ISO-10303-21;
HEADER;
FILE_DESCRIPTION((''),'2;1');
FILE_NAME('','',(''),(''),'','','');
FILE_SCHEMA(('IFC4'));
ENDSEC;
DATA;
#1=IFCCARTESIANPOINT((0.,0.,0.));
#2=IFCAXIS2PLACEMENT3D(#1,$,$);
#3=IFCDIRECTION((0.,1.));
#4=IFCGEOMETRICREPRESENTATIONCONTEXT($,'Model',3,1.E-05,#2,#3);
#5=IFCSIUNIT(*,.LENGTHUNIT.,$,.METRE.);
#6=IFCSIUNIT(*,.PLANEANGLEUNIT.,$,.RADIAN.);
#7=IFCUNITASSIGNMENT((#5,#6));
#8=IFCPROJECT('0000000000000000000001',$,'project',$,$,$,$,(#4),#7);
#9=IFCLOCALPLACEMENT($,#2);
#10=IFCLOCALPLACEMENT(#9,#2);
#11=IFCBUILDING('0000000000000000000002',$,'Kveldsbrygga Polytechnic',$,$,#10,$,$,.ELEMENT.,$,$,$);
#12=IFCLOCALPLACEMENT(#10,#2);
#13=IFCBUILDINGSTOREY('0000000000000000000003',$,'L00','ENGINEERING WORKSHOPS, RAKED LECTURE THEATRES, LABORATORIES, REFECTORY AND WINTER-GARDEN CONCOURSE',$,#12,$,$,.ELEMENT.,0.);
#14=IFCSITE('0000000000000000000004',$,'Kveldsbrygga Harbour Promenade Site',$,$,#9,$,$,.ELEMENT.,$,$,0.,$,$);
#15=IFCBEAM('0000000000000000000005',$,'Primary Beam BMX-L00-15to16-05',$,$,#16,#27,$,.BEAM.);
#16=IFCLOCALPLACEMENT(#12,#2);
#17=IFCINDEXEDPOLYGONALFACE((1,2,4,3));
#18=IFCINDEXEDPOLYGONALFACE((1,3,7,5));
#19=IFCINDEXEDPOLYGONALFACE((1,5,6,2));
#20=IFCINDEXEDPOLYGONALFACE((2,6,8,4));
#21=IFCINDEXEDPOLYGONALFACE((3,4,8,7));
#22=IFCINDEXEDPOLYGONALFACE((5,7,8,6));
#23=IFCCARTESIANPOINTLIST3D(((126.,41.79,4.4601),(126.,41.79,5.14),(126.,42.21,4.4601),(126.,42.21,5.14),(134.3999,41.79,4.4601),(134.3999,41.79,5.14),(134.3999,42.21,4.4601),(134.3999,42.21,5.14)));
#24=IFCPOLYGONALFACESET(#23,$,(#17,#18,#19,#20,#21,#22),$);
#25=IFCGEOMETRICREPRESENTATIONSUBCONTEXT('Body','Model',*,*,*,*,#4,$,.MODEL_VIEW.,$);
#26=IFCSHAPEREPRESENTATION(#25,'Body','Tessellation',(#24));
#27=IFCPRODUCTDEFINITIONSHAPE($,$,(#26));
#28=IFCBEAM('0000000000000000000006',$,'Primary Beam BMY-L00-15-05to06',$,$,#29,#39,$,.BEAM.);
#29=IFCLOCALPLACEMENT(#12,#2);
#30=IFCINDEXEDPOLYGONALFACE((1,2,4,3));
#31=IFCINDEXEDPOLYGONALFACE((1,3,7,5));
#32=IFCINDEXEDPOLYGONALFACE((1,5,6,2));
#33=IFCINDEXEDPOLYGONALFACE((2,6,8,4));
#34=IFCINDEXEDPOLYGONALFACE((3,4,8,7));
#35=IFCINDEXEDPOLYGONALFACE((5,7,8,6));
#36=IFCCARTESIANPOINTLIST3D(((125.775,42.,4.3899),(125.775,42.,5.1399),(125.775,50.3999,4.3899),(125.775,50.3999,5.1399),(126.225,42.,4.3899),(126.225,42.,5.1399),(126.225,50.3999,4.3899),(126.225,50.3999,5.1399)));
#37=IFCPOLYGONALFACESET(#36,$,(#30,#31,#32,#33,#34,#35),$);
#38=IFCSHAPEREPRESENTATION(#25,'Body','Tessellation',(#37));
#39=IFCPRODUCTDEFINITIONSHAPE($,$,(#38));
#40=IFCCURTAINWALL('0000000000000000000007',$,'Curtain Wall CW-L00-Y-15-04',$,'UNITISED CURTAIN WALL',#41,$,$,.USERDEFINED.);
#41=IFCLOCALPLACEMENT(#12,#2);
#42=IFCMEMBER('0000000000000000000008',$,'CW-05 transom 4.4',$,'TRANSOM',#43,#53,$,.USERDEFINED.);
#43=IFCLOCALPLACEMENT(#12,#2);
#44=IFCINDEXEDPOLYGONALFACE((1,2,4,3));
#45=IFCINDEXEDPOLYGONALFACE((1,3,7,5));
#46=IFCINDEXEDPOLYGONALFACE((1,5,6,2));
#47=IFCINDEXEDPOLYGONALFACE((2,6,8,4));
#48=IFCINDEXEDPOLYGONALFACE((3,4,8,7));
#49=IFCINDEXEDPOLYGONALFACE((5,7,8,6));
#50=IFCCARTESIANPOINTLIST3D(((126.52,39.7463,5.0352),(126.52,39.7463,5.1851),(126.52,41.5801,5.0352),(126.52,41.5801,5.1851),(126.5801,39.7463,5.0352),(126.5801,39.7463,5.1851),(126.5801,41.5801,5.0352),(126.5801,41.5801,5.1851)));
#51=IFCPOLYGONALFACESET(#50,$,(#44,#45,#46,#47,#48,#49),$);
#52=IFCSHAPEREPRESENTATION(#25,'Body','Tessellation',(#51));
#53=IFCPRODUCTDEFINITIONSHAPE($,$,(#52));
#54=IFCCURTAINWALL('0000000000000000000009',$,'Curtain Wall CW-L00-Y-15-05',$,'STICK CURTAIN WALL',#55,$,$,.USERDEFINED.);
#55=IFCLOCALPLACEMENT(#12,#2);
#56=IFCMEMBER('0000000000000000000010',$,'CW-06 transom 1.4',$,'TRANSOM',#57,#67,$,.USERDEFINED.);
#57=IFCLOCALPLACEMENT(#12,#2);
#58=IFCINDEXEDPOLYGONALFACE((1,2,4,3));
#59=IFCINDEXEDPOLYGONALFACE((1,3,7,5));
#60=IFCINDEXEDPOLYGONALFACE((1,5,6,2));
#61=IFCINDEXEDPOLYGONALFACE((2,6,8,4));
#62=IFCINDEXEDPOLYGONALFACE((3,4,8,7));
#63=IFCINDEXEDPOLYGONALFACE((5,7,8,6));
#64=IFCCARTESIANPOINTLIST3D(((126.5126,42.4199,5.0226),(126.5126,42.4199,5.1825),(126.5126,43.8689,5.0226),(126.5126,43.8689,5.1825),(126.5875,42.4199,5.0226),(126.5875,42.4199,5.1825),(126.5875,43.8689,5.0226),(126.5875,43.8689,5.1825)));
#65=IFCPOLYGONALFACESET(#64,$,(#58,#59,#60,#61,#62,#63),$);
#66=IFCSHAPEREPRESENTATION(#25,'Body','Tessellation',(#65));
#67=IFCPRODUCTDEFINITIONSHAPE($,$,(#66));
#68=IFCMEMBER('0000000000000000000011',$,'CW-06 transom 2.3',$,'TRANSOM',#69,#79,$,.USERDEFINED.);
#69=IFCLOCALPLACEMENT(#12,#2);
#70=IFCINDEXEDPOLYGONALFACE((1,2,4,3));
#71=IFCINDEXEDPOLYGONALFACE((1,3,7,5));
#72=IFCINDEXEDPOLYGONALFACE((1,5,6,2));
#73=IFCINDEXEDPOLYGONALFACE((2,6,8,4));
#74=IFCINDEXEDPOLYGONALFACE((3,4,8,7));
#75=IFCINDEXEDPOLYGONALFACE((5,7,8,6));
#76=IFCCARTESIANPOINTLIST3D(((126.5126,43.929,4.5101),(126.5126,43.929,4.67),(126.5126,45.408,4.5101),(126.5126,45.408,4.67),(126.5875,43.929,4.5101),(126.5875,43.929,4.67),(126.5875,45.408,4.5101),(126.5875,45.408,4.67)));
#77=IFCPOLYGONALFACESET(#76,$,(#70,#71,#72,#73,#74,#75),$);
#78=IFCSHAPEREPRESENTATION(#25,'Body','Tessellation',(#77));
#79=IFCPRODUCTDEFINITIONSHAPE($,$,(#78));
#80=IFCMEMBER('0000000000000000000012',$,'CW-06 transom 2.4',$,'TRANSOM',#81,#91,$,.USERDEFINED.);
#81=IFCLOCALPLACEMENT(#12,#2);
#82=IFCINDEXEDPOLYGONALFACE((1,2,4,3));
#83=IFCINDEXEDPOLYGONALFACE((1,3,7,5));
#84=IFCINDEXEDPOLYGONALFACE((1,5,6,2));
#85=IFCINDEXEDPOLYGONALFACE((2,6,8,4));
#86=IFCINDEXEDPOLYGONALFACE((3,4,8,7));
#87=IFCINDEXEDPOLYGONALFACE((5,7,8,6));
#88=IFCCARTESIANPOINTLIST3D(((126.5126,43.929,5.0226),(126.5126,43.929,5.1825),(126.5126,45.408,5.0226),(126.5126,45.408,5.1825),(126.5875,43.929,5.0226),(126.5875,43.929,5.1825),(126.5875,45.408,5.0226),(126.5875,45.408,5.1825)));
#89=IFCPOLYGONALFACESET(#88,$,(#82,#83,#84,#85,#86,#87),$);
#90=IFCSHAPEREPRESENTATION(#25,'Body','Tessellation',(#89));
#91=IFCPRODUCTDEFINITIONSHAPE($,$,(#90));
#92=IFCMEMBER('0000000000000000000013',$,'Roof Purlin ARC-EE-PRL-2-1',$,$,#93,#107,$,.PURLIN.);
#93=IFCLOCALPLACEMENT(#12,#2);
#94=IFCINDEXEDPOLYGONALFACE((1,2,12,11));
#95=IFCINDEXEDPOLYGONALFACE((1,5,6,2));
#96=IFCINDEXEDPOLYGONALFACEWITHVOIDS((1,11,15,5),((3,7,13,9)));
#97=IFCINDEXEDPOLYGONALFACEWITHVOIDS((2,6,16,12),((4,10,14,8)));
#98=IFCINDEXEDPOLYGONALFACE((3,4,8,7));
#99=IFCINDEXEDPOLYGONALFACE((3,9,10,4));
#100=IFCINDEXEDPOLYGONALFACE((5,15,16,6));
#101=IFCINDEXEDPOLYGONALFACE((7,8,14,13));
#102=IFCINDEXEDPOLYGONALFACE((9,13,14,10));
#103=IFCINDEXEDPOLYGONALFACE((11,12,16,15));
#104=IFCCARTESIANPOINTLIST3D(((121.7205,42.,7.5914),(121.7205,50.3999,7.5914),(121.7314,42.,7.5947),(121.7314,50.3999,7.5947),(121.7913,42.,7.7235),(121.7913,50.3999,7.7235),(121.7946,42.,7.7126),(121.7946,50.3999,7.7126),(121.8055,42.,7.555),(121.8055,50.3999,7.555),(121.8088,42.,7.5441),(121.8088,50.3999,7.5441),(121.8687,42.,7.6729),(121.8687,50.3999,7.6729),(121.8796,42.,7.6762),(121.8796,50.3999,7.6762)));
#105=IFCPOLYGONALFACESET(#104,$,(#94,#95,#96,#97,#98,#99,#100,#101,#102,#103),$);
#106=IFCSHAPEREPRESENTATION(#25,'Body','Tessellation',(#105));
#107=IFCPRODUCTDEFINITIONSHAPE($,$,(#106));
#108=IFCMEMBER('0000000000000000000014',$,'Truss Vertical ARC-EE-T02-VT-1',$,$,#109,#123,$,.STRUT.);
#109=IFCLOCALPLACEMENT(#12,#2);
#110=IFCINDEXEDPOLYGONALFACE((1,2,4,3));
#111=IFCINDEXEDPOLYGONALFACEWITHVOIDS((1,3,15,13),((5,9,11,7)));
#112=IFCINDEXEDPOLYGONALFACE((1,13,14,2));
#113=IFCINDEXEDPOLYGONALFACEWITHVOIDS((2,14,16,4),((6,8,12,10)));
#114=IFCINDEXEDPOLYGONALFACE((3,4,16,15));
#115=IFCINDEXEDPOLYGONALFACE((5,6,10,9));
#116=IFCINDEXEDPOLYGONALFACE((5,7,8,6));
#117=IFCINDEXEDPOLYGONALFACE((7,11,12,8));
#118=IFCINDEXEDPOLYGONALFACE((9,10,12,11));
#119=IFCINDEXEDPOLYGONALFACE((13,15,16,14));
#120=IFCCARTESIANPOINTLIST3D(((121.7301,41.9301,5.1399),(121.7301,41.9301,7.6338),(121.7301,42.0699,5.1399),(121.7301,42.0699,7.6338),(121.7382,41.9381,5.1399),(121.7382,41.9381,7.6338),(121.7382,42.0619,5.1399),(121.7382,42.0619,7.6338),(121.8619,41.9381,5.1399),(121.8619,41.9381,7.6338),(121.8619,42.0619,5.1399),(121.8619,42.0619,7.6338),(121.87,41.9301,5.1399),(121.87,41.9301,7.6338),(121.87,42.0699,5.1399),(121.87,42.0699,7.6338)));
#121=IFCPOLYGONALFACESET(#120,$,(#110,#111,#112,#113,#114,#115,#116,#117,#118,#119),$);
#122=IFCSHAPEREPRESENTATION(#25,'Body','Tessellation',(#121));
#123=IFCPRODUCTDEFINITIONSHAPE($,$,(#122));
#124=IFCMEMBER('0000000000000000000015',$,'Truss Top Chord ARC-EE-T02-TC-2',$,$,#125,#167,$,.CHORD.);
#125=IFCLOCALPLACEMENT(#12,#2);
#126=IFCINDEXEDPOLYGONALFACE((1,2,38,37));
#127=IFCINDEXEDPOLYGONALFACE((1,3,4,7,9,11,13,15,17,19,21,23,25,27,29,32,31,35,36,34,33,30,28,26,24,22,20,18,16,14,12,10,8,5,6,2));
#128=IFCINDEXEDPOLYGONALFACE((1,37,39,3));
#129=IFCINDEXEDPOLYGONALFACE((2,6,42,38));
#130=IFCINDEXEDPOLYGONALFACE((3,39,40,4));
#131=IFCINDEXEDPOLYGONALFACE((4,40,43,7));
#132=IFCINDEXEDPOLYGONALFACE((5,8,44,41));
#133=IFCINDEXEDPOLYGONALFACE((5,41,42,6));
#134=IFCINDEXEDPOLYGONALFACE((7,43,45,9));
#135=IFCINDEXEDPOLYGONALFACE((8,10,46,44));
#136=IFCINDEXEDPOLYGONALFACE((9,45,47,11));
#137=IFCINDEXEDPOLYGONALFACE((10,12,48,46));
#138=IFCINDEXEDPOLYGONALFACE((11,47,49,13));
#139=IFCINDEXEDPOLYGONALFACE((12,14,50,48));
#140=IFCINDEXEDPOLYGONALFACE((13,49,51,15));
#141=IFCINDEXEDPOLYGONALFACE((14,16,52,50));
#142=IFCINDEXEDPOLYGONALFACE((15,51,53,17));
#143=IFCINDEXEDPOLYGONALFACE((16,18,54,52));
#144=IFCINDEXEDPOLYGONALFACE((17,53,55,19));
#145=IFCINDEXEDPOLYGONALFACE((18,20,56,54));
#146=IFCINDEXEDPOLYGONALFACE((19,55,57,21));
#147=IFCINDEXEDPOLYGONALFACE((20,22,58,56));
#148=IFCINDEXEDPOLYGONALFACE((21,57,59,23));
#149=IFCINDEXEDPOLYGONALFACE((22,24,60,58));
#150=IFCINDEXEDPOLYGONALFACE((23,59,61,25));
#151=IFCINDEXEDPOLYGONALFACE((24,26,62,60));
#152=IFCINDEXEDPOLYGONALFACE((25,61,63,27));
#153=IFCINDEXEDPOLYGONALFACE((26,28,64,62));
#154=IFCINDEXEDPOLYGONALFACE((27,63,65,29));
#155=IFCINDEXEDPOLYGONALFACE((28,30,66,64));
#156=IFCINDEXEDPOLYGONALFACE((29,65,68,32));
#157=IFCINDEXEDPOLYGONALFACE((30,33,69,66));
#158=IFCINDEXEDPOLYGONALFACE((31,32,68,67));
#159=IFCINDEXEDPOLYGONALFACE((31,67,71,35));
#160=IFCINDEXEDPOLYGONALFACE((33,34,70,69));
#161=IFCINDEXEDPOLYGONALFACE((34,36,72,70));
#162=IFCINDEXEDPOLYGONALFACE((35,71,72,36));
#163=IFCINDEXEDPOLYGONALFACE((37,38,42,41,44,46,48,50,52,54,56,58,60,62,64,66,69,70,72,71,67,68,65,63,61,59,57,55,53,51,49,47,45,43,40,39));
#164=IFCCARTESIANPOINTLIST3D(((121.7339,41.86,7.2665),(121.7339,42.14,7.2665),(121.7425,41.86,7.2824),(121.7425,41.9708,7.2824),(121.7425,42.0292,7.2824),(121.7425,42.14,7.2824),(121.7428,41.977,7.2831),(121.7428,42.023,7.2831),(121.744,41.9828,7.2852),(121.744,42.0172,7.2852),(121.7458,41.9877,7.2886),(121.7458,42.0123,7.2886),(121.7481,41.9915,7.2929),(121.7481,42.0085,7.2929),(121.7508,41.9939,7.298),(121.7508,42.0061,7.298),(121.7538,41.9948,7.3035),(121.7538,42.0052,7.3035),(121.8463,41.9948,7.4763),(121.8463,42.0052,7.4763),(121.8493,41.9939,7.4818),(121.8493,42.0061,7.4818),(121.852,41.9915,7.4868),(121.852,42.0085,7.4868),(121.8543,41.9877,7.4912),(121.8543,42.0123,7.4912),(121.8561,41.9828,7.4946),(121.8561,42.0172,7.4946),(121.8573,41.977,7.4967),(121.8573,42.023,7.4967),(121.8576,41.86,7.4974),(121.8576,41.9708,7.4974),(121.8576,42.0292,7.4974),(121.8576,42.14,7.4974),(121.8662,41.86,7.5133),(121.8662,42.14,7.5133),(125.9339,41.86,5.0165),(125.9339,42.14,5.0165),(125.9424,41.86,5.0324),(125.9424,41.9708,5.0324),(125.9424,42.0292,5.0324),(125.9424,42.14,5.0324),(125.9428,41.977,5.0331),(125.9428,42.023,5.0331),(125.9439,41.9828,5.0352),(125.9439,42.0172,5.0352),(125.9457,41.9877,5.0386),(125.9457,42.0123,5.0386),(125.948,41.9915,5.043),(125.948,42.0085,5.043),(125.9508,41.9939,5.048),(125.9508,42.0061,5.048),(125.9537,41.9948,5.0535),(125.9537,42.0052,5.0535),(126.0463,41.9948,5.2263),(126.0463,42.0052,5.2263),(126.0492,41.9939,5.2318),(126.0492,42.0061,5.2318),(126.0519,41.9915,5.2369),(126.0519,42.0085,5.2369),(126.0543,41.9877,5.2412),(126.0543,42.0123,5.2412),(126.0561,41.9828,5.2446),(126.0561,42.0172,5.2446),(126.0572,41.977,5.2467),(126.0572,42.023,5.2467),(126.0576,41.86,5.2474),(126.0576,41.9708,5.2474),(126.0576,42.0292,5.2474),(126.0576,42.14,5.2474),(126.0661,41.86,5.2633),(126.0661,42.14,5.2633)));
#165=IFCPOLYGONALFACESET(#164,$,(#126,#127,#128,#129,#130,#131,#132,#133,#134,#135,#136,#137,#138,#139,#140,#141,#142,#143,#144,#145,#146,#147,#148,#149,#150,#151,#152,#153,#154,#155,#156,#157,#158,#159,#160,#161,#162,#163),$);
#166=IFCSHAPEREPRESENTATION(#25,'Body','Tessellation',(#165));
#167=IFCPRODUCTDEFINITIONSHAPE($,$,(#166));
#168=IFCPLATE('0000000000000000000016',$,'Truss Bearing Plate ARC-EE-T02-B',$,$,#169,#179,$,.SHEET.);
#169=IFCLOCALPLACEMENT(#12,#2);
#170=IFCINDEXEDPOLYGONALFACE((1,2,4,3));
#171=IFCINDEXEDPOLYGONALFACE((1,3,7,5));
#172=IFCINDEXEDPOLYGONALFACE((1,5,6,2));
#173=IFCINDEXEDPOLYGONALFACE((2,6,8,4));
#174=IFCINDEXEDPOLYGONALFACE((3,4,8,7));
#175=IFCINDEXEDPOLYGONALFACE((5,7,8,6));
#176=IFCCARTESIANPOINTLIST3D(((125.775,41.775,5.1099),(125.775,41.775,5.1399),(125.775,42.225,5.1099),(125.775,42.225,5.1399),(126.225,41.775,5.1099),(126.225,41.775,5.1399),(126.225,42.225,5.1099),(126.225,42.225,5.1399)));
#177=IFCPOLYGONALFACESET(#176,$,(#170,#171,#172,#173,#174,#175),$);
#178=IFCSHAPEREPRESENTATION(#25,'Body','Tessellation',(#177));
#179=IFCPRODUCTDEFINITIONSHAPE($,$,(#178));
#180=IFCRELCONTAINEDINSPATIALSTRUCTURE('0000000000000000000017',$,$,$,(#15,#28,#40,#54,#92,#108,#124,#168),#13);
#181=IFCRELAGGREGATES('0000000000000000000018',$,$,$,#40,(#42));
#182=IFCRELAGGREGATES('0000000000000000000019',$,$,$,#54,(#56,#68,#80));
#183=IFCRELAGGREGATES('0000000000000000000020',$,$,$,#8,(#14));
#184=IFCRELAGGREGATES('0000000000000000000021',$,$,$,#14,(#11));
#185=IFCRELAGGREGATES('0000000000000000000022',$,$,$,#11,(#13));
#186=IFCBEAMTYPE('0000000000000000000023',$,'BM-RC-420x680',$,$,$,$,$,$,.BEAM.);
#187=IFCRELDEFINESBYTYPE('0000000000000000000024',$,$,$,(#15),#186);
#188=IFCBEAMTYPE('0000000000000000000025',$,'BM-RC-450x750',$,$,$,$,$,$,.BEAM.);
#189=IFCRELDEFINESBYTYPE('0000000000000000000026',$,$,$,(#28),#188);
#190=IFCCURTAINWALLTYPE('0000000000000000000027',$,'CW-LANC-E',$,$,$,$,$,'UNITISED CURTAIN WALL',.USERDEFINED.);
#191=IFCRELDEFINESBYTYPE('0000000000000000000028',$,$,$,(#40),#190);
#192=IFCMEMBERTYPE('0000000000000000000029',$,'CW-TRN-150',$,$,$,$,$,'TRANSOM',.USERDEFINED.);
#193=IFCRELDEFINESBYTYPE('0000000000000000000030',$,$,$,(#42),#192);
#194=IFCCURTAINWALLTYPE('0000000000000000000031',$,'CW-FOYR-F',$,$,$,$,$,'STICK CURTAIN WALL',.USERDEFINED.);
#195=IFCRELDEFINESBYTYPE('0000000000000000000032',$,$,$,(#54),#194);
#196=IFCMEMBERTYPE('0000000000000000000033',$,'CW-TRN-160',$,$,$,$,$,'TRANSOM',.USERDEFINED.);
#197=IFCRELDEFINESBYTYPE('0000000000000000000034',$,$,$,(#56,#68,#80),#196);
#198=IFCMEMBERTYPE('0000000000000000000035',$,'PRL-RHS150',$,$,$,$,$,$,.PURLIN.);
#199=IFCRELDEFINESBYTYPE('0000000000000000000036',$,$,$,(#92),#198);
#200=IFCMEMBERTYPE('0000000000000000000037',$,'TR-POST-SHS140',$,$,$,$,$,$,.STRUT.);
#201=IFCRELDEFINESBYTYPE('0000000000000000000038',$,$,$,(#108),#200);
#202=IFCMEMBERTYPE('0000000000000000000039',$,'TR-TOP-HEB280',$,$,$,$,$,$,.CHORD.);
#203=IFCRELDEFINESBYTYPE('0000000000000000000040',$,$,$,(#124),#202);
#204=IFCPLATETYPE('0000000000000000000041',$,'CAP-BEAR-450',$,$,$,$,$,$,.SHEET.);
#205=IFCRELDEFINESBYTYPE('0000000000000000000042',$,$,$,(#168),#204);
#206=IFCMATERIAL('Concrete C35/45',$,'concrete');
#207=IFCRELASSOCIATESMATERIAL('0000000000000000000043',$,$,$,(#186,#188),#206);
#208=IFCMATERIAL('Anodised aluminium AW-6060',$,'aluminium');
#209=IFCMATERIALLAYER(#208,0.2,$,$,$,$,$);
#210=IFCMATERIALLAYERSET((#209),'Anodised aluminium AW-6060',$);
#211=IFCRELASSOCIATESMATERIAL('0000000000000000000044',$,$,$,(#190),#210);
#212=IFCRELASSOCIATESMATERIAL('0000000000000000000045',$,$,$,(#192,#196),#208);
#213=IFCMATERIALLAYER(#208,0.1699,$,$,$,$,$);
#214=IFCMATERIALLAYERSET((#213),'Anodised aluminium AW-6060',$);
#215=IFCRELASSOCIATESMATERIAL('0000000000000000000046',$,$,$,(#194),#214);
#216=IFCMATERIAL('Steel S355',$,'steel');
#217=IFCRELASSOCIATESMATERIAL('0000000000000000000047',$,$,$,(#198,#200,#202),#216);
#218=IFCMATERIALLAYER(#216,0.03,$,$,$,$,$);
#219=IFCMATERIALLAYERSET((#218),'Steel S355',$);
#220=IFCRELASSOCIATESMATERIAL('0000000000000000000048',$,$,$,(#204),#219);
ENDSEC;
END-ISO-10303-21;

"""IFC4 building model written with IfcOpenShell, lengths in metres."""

from ifc_helpers import new_model, si_unit, direction, frame, origin, origin_2d, place, context, subcontext, project, spatial, rectangle, hollow_rectangle, i_section, extrude, material, layer, layer_set, material_profile, profile_set, type_object, element, aggregate, save


model = new_model("IFC4")

# Units and contexts
model_context = context("Model", 3, precision=1e-05, world=origin(), true_north=direction((0.0, 1.0)))
body_context = subcontext(model_context, "Body", "Model", "MODEL_VIEW")
ifc_project = project(units=[si_unit("LENGTHUNIT", "METRE"), si_unit("PLANEANGLEUNIT", "RADIAN")], contexts=[model_context])

# Site, building, storey
site_placement = place(None, origin())
site = spatial("IfcSite", under=ifc_project, at=site_placement, Name="Kveldsbrygga Harbour Promenade Site", CompositionType="ELEMENT", RefElevation=0.0)
building_placement = place(site_placement, origin())
building = spatial("IfcBuilding", under=site, at=building_placement, Name="Kveldsbrygga Polytechnic", CompositionType="ELEMENT")
storey_placement = place(building_placement, origin())
storey = spatial("IfcBuildingStorey", under=building, at=storey_placement, Name="L00", Description="ENGINEERING WORKSHOPS, RAKED LECTURE THEATRES, LABORATORIES, REFECTORY AND WINTER-GARDEN CONCOURSE", CompositionType="ELEMENT", Elevation=0.0)

# Beams
ifc_material_1 = material(Name="Concrete C35/45", Category="concrete")
ifc_material_profile_1 = material_profile(ifc_material_1, rectangle(XDim=0.4199, YDim=0.6799, at=origin_2d()), Name="RC 420x680")
ifc_profile_set_1 = profile_set([ifc_material_profile_1], Name="Concrete C35/45")
beam_type_1 = type_object("IfcBeamType", Name="BM-RC-420x680", PredefinedType="BEAM", material=ifc_profile_set_1)
beam_1_placement = place(storey_placement, frame((126.0, 42.0, 4.8), z_axis=(1.0, 0.0, 0.0), x_axis=(0.0, 1.0, 0.0)))
element("IfcBeam", 1, at=beam_1_placement, inside=storey, type_object=beam_type_1, Name="Primary Beam BMX-L00-15to16-05", PredefinedType="BEAM", context=body_context, shape_type="SweptSolid", body=[
    extrude(rectangle(XDim=0.4199, YDim=0.6799, at=origin_2d()), origin(), (0.0, 0.0, 1.0), 8.3999),
])
ifc_material_profile_2 = material_profile(ifc_material_1, rectangle(XDim=0.45, YDim=0.75, at=origin_2d()), Name="RC 450x750")
ifc_profile_set_2 = profile_set([ifc_material_profile_2], Name="Concrete C35/45")
beam_type_2 = type_object("IfcBeamType", Name="BM-RC-450x750", PredefinedType="BEAM", material=ifc_profile_set_2)
beam_2_placement = place(storey_placement, frame((126.0, 42.0, 4.7649), z_axis=(0.0, 1.0, 0.0), x_axis=(-1.0, 0.0, 0.0)))
element("IfcBeam", 2, at=beam_2_placement, inside=storey, type_object=beam_type_2, Name="Primary Beam BMY-L00-15-05to06", PredefinedType="BEAM", context=body_context, shape_type="SweptSolid", body=[
    extrude(rectangle(XDim=0.45, YDim=0.75, at=origin_2d()), origin(), (0.0, 0.0, 1.0), 8.3999),
])

# Curtain wall, member
ifc_material_2 = material(Name="Anodised aluminium AW-6060", Category="aluminium")
ifc_layer_1 = layer(ifc_material_2, 0.2)
ifc_layer_set_1 = layer_set([ifc_layer_1], Name="Anodised aluminium AW-6060")
curtain_wall_type_1 = type_object("IfcCurtainWallType", Name="CW-LANC-E", ElementType="UNITISED CURTAIN WALL", PredefinedType="USERDEFINED", material=ifc_layer_set_1)
curtain_wall_1_placement = place(storey_placement, origin())
curtain_wall_1 = element("IfcCurtainWall", 3, at=curtain_wall_1_placement, inside=storey, type_object=curtain_wall_type_1, Name="Curtain Wall CW-L00-Y-15-04", ObjectType="UNITISED CURTAIN WALL", PredefinedType="USERDEFINED")
ifc_material_profile_3 = material_profile(ifc_material_2, rectangle(XDim=0.0601, YDim=0.1499, at=origin_2d()), Name="ALU 60x150")
ifc_profile_set_3 = profile_set([ifc_material_profile_3], Name="Anodised aluminium AW-6060")
member_type_1 = type_object("IfcMemberType", Name="CW-TRN-150", ElementType="TRANSOM", PredefinedType="USERDEFINED", material=ifc_profile_set_3)
member_1_placement = place(storey_placement, frame((126.55, 39.7463, 5.1101), z_axis=(0.0, 1.0, 0.0), x_axis=(-1.0, 0.0, 0.0)))
member_1 = element("IfcMember", 4, at=member_1_placement, type_object=member_type_1, Name="CW-05 transom 4.4", ObjectType="TRANSOM", PredefinedType="USERDEFINED", context=body_context, shape_type="SweptSolid", body=[
    extrude(rectangle(XDim=0.0601, YDim=0.1499, at=origin_2d()), origin(), (0.0, 0.0, 1.0), 1.8337),
])

# Curtain wall, members
ifc_layer_2 = layer(ifc_material_2, 0.1699)
ifc_layer_set_2 = layer_set([ifc_layer_2], Name="Anodised aluminium AW-6060")
curtain_wall_type_2 = type_object("IfcCurtainWallType", Name="CW-FOYR-F", ElementType="STICK CURTAIN WALL", PredefinedType="USERDEFINED", material=ifc_layer_set_2)
curtain_wall_2_placement = place(storey_placement, origin())
curtain_wall_2 = element("IfcCurtainWall", 5, at=curtain_wall_2_placement, inside=storey, type_object=curtain_wall_type_2, Name="Curtain Wall CW-L00-Y-15-05", ObjectType="STICK CURTAIN WALL", PredefinedType="USERDEFINED")
ifc_material_profile_4 = material_profile(ifc_material_2, rectangle(XDim=0.075, YDim=0.1599, at=origin_2d()), Name="ALU 75x160")
ifc_profile_set_4 = profile_set([ifc_material_profile_4], Name="Anodised aluminium AW-6060")
member_type_2 = type_object("IfcMemberType", Name="CW-TRN-160", ElementType="TRANSOM", PredefinedType="USERDEFINED", material=ifc_profile_set_4)
member_2_placement = place(storey_placement, frame((126.55, 42.4199, 5.1025), z_axis=(0.0, 1.0, 0.0), x_axis=(-1.0, 0.0, 0.0)))
member_2 = element("IfcMember", 6, at=member_2_placement, type_object=member_type_2, Name="CW-06 transom 1.4", ObjectType="TRANSOM", PredefinedType="USERDEFINED", context=body_context, shape_type="SweptSolid", body=[
    extrude(rectangle(XDim=0.075, YDim=0.1599, at=origin_2d()), origin(), (0.0, 0.0, 1.0), 1.449),
])
member_3_placement = place(storey_placement, frame((126.55, 43.929, 4.5901), z_axis=(0.0, 1.0, 0.0), x_axis=(-1.0, 0.0, 0.0)))
member_3 = element("IfcMember", 7, at=member_3_placement, type_object=member_type_2, Name="CW-06 transom 2.3", ObjectType="TRANSOM", PredefinedType="USERDEFINED", context=body_context, shape_type="SweptSolid", body=[
    extrude(rectangle(XDim=0.075, YDim=0.1599, at=origin_2d()), origin(), (0.0, 0.0, 1.0), 1.479),
])
member_4_placement = place(storey_placement, frame((126.55, 43.929, 5.1025), z_axis=(0.0, 1.0, 0.0), x_axis=(-1.0, 0.0, 0.0)))
member_4 = element("IfcMember", 8, at=member_4_placement, type_object=member_type_2, Name="CW-06 transom 2.4", ObjectType="TRANSOM", PredefinedType="USERDEFINED", context=body_context, shape_type="SweptSolid", body=[
    extrude(rectangle(XDim=0.075, YDim=0.1599, at=origin_2d()), origin(), (0.0, 0.0, 1.0), 1.479),
])

# Members
ifc_material_3 = material(Name="Steel S355", Category="steel")
ifc_material_profile_5 = material_profile(ifc_material_3, hollow_rectangle(XDim=0.1001, YDim=0.1499, WallThickness=0.0081, at=origin_2d()), Name="RHS 150x100x8.0")
ifc_profile_set_5 = profile_set([ifc_material_profile_5], Name="Steel S355")
member_type_3 = type_object("IfcMemberType", Name="PRL-RHS150", PredefinedType="PURLIN", material=ifc_profile_set_5)
member_5_placement = place(storey_placement, frame((121.8, 42.0, 7.6338), z_axis=(0.0, 1.0, 0.0), x_axis=(-0.88148, 0.0, 0.472222)))
element("IfcMember", 9, at=member_5_placement, inside=storey, type_object=member_type_3, Name="Roof Purlin ARC-EE-PRL-2-1", PredefinedType="PURLIN", context=body_context, shape_type="SweptSolid", body=[
    extrude(hollow_rectangle(XDim=0.1001, YDim=0.1499, WallThickness=0.0081, at=origin_2d()), origin(), (0.0, 0.0, 1.0), 8.3999),
])
ifc_material_profile_6 = material_profile(ifc_material_3, hollow_rectangle(XDim=0.1399, YDim=0.1399, WallThickness=0.0081, at=origin_2d()), Name="SHS 140x140x8.0")
ifc_profile_set_6 = profile_set([ifc_material_profile_6], Name="Steel S355")
member_type_4 = type_object("IfcMemberType", Name="TR-POST-SHS140", PredefinedType="STRUT", material=ifc_profile_set_6)
member_6_placement = place(storey_placement, frame((121.8, 42.0, 5.1399), z_axis=(0.0, 0.0, 1.0), x_axis=(1.0, 0.0, 0.0)))
element("IfcMember", 10, at=member_6_placement, inside=storey, type_object=member_type_4, Name="Truss Vertical ARC-EE-T02-VT-1", PredefinedType="STRUT", context=body_context, shape_type="SweptSolid", body=[
    extrude(hollow_rectangle(XDim=0.1399, YDim=0.1399, WallThickness=0.0081, at=origin_2d()), origin(), (0.0, 0.0, 1.0), 2.4939),
])
ifc_material_profile_7 = material_profile(ifc_material_3, i_section(OverallWidth=0.28, OverallDepth=0.28, WebThickness=0.0105, FlangeThickness=0.0181, FilletRadius=0.0239, at=origin_2d()), Name="HEB 280")
ifc_profile_set_7 = profile_set([ifc_material_profile_7], Name="Steel S355")
member_type_5 = type_object("IfcMemberType", Name="TR-TOP-HEB280", PredefinedType="CHORD", material=ifc_profile_set_7)
member_7_placement = place(storey_placement, frame((121.8, 42.0, 7.3899), z_axis=(0.881478, 0.0, -0.472226), x_axis=(0.0, 1.0, 0.0)))
element("IfcMember", 11, at=member_7_placement, inside=storey, type_object=member_type_5, Name="Truss Top Chord ARC-EE-T02-TC-2", PredefinedType="CHORD", context=body_context, shape_type="SweptSolid", body=[
    extrude(i_section(OverallWidth=0.28, OverallDepth=0.28, WebThickness=0.0105, FlangeThickness=0.0181, FilletRadius=0.0239, at=origin_2d()), origin(), (0.0, 0.0, 1.0), 4.7646),
])

# Plate
ifc_layer_3 = layer(ifc_material_3, 0.03)
ifc_layer_set_3 = layer_set([ifc_layer_3], Name="Steel S355")
plate_type_1 = type_object("IfcPlateType", Name="CAP-BEAR-450", PredefinedType="SHEET", material=ifc_layer_set_3)
plate_1_placement = place(storey_placement, frame((126.0, 42.0, 5.1099), z_axis=(0.0, 0.0, 1.0), x_axis=(1.0, 0.0, 0.0)))
element("IfcPlate", 12, at=plate_1_placement, inside=storey, type_object=plate_type_1, Name="Truss Bearing Plate ARC-EE-T02-B", PredefinedType="SHEET", context=body_context, shape_type="SweptSolid", body=[
    extrude(rectangle(XDim=0.45, YDim=0.45, at=origin_2d()), origin(), (0.0, 0.0, 1.0), 0.03),
])
aggregate(curtain_wall_1, [member_1])
aggregate(curtain_wall_2, [member_2, member_3, member_4])

save(model, "model.ifc")
